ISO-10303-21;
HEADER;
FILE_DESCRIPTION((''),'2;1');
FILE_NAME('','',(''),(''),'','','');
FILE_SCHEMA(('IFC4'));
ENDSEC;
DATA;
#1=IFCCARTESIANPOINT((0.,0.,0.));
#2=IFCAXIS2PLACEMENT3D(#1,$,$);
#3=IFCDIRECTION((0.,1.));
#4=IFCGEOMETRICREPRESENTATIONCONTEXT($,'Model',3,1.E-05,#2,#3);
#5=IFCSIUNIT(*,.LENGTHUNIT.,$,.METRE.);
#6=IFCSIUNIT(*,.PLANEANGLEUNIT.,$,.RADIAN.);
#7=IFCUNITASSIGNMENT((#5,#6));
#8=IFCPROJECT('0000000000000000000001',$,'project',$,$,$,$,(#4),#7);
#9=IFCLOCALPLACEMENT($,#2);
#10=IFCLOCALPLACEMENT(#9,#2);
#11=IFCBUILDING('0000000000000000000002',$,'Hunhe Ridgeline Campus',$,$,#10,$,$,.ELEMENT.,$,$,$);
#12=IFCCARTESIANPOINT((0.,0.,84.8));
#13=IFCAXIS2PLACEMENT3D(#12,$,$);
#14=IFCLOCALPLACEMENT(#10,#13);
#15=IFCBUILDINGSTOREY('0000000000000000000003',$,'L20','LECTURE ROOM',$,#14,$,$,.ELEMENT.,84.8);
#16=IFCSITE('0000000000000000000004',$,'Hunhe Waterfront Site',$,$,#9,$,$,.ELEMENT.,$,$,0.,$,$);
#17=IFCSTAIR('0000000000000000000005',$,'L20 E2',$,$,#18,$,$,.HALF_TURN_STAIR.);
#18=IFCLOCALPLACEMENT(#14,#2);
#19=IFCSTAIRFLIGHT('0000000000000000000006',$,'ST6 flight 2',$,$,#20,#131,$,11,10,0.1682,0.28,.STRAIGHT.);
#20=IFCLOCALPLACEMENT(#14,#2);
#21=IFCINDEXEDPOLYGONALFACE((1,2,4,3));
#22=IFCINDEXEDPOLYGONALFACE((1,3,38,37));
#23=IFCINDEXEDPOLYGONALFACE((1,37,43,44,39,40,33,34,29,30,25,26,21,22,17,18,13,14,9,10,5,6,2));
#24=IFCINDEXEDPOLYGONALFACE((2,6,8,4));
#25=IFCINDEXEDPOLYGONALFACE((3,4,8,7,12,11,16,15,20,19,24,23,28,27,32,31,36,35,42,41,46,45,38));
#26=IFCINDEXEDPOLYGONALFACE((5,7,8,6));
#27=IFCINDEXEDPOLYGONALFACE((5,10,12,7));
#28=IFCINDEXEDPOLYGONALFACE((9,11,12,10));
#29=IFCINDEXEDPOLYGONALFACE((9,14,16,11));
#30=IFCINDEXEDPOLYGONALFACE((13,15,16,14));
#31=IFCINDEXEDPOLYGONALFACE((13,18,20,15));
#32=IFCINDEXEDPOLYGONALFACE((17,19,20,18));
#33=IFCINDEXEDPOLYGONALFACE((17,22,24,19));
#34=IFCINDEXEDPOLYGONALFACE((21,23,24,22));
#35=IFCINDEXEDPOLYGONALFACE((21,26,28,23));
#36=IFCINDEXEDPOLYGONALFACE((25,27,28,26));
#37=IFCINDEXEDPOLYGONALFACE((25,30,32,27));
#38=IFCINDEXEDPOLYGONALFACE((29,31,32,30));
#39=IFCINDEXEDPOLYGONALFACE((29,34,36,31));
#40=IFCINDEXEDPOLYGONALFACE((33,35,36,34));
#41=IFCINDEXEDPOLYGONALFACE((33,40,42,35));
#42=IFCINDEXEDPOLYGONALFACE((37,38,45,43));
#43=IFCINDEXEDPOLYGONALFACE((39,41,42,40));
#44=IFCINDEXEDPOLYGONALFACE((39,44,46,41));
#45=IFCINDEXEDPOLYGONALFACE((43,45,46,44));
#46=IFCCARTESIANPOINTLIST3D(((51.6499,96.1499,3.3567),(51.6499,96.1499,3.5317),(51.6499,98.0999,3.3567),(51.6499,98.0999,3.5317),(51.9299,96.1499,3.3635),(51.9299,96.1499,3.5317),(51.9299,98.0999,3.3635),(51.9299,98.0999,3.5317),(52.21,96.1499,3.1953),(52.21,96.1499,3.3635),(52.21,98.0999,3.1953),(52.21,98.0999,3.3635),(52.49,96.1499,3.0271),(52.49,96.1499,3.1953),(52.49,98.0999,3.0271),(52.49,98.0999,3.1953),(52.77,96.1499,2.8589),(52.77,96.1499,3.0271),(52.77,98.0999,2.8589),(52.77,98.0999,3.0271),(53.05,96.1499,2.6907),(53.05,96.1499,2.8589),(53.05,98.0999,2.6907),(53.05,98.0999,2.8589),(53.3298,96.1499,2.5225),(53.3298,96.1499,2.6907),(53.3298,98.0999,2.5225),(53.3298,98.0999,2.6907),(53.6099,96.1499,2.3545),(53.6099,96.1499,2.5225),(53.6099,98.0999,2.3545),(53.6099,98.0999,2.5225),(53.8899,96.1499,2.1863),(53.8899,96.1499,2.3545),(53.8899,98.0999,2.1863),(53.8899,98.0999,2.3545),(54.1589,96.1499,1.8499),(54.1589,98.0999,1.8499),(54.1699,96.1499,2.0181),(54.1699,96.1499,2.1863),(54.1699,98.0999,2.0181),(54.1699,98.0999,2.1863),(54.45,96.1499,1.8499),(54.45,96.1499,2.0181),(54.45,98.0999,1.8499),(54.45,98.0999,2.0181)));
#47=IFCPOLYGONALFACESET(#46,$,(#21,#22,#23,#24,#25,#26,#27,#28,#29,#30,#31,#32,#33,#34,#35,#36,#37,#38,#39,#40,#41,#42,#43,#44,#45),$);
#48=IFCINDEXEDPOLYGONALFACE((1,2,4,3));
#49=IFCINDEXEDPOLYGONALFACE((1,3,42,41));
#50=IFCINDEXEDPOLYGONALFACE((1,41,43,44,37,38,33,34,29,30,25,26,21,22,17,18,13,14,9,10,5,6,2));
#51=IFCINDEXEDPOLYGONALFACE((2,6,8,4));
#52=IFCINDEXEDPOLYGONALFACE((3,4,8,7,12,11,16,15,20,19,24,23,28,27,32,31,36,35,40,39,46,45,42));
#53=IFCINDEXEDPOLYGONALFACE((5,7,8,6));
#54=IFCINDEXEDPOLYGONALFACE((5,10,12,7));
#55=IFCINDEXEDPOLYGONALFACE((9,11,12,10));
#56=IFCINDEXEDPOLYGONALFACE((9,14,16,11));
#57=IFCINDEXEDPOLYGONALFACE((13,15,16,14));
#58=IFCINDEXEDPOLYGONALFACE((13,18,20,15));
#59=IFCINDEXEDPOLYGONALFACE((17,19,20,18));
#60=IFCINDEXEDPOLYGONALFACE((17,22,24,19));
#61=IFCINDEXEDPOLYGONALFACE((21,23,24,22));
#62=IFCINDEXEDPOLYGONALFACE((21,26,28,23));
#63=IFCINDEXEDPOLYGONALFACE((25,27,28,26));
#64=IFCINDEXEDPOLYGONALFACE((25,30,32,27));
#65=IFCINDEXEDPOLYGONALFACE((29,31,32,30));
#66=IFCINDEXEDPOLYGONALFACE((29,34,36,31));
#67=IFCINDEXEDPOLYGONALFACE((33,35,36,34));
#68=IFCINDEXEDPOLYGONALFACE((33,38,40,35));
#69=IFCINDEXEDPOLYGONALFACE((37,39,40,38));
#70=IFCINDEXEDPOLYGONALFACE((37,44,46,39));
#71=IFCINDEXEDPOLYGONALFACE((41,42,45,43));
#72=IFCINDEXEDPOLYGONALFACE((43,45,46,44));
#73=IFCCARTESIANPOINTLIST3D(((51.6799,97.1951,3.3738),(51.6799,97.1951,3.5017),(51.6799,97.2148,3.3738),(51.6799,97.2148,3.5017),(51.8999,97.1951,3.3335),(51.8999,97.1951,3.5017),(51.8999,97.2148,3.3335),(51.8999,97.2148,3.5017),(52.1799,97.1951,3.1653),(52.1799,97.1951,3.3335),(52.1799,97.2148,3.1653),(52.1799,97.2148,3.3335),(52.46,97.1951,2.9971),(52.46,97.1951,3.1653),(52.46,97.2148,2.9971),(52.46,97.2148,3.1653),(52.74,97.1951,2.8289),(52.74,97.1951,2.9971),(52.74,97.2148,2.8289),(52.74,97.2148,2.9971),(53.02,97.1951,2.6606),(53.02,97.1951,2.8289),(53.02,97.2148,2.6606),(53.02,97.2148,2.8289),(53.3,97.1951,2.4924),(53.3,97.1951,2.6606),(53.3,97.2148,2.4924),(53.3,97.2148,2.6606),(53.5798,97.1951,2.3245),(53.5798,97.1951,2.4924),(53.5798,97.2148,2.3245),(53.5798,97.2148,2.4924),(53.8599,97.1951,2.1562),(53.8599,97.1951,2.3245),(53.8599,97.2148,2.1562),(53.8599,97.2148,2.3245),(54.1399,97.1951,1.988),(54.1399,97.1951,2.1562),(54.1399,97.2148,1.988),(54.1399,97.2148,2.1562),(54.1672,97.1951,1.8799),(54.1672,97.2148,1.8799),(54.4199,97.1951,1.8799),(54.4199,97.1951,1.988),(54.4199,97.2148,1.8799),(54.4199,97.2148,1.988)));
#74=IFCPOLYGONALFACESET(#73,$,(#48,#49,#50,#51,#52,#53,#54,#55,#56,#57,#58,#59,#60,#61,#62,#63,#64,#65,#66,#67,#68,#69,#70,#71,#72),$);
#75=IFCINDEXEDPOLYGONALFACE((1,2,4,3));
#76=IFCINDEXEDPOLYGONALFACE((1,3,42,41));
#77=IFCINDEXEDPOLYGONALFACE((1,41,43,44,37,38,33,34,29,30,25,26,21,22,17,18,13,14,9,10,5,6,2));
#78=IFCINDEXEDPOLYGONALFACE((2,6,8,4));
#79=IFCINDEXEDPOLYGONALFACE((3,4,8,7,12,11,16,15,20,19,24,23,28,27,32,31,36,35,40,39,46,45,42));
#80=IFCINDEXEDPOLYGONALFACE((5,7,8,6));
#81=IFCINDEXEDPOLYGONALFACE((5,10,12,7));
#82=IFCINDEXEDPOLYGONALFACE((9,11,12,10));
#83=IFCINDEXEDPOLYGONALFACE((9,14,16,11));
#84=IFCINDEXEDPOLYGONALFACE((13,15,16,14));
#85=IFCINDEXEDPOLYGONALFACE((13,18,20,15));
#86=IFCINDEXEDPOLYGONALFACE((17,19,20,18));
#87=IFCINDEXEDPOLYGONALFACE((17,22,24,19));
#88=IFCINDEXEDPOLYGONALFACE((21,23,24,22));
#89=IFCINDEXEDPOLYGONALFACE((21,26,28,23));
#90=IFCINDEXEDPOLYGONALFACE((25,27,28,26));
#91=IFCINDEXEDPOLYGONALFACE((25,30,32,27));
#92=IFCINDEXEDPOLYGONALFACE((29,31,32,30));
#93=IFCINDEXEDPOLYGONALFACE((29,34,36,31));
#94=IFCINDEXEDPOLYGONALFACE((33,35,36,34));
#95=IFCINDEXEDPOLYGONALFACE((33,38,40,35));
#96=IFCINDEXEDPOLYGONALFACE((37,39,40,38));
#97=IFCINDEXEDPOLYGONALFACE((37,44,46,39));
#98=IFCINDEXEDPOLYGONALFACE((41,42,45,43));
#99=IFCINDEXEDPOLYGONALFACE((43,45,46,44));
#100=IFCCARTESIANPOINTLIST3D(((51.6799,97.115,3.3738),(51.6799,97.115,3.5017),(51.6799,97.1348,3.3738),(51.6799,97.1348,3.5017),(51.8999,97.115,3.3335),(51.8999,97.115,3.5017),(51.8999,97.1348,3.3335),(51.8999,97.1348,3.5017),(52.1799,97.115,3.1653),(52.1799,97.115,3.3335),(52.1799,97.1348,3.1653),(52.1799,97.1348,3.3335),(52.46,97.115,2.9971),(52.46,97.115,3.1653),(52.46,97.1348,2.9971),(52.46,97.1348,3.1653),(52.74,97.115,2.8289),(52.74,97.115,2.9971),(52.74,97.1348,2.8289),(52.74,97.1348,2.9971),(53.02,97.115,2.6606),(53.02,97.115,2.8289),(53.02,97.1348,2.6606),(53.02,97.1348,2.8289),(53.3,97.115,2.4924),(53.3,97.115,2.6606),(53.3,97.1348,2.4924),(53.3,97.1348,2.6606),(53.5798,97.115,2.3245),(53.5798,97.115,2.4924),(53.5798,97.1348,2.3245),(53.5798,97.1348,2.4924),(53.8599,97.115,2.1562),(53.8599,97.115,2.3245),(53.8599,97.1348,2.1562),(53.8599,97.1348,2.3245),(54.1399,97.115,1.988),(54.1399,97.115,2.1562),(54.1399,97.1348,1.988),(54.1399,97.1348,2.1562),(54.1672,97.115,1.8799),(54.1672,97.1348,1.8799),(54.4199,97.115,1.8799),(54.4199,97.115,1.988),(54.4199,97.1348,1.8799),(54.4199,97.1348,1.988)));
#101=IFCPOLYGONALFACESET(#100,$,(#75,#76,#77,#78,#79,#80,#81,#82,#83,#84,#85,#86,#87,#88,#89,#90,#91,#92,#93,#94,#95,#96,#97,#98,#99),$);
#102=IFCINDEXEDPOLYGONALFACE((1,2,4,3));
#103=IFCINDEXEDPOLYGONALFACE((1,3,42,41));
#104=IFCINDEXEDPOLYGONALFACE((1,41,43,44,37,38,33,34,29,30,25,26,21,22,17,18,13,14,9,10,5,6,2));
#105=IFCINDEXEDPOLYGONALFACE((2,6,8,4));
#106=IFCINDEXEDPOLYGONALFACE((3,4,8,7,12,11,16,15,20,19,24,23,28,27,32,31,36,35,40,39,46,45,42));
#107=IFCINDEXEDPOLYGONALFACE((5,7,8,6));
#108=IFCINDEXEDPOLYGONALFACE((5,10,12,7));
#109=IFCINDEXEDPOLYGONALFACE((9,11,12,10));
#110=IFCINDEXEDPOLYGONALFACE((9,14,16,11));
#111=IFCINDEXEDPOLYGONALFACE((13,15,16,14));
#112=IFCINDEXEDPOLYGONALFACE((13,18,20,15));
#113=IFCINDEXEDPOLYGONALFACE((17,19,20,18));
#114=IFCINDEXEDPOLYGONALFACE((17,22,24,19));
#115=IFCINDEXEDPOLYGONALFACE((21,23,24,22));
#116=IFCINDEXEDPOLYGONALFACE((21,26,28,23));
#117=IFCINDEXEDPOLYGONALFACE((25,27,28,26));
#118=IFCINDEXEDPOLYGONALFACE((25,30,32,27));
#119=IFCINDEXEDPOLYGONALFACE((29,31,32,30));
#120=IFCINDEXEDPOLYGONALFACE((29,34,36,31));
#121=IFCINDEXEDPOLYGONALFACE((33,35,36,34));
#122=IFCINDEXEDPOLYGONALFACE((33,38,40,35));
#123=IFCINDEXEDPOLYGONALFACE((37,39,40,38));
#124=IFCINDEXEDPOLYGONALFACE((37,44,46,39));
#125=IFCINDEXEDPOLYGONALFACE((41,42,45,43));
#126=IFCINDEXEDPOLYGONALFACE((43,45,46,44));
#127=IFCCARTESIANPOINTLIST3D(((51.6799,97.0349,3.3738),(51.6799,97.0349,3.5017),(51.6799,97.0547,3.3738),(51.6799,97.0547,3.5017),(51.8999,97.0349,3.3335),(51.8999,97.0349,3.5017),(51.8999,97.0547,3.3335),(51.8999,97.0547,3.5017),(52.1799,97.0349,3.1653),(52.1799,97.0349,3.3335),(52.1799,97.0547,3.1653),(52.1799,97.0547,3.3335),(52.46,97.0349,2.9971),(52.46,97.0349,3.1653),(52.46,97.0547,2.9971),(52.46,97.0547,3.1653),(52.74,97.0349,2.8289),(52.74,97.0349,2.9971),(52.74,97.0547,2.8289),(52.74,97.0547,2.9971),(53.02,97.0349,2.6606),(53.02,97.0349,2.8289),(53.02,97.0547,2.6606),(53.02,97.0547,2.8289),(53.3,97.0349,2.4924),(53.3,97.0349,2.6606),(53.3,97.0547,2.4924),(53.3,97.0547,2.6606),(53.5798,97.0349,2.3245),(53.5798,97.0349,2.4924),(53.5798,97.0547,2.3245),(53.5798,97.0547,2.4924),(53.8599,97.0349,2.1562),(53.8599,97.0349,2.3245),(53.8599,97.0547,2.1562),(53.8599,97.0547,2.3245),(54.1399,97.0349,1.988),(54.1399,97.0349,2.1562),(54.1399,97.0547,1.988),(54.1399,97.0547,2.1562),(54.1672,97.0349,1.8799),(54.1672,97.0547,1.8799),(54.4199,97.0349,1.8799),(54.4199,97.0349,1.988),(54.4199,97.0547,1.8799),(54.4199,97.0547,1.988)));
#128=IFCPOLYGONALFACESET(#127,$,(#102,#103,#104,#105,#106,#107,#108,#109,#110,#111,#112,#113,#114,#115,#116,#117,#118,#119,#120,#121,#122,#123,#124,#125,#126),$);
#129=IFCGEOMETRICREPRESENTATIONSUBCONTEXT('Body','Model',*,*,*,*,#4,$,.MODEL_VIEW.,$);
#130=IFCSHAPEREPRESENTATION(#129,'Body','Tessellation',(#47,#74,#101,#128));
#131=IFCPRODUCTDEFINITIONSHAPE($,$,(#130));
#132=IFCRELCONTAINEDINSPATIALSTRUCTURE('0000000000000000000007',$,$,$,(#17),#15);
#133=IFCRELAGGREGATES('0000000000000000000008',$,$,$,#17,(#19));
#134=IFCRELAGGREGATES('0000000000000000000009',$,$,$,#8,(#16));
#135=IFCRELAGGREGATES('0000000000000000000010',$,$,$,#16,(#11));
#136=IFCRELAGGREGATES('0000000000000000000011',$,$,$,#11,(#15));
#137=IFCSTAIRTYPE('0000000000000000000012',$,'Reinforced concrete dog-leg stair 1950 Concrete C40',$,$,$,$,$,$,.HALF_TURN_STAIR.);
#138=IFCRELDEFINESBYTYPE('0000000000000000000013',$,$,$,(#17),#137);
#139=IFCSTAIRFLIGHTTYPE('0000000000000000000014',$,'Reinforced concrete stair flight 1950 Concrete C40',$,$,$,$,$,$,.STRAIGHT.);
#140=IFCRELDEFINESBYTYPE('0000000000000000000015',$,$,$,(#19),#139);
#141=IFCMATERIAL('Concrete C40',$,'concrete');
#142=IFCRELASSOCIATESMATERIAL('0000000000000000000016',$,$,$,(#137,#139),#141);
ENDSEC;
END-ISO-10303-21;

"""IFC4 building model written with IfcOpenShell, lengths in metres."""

from ifc_helpers import new_model, si_unit, direction, frame, origin, place, context, subcontext, project, spatial, polyline, outline, extrude, material, type_object, element, aggregate, save


model = new_model("IFC4")

# Units and contexts
model_context = context("Model", 3, precision=1e-05, world=origin(), true_north=direction((0.0, 1.0)))
body_context = subcontext(model_context, "Body", "Model", "MODEL_VIEW")
ifc_project = project(units=[si_unit("LENGTHUNIT", "METRE"), si_unit("PLANEANGLEUNIT", "RADIAN")], contexts=[model_context])

# Site, building, storey
site_placement = place(None, origin())
site = spatial("IfcSite", under=ifc_project, at=site_placement, Name="Hunhe Waterfront Site", CompositionType="ELEMENT", RefElevation=0.0)
building_placement = place(site_placement, origin())
building = spatial("IfcBuilding", under=site, at=building_placement, Name="Hunhe Ridgeline Campus", CompositionType="ELEMENT")
storey_placement = place(building_placement, frame((0.0, 0.0, 84.8)))
storey = spatial("IfcBuildingStorey", under=building, at=storey_placement, Name="L20", Description="LECTURE ROOM", CompositionType="ELEMENT", Elevation=84.8)

# Stair, stair flight
ifc_material_1 = material(Name="Concrete C40", Category="concrete")
stair_type = type_object("IfcStairType", Name="Reinforced concrete dog-leg stair 1950 Concrete C40", PredefinedType="HALF_TURN_STAIR", material=ifc_material_1)
stair_1_placement = place(storey_placement, origin())
stair_1 = element("IfcStair", 1, at=stair_1_placement, inside=storey, type_object=stair_type, Name="L20 E2", PredefinedType="HALF_TURN_STAIR")
stair_flight_type = type_object("IfcStairFlightType", Name="Reinforced concrete stair flight 1950 Concrete C40", PredefinedType="STRAIGHT", material=ifc_material_1)
stair_flight_1_placement = place(storey_placement, frame((54.45, 97.125, 1.8499), z_axis=(0.0, 0.0, 1.0), x_axis=(-1.0, 0.0, 0.0)))
stair_flight_1 = element("IfcStairFlight", 2, at=stair_flight_1_placement, type_object=stair_flight_type, Name="ST6 flight 2", NumberOfRisers=11, NumberOfTreads=10, PredefinedType="STRAIGHT", RiserHeight=0.1682, TreadLength=0.28, context=body_context, shape_type="SweptSolid", body=[
    extrude(outline(polyline([(0.0, 0.0), (0.0, 0.1682), (0.28, 0.1682), (0.28, 0.3364), (0.5601, 0.3364), (0.5601, 0.5046), (0.8401, 0.5046), (0.8401, 0.6726), (1.1201, 0.6726), (1.1201, 0.8408), (1.3999, 0.8408), (1.3999, 1.009), (1.6799, 1.009), (1.6799, 1.1772), (1.96, 1.1772), (1.96, 1.3455), (2.24, 1.3455), (2.24, 1.5137), (2.52, 1.5137), (2.52, 1.6819), (2.8, 1.6819), (2.8, 1.8501), (2.8, 1.5068), (0.291, 0.0), (0.0, 0.0)])), frame((0.0, 0.9751, 0.0), z_axis=(0.0, -1.0, 0.0), x_axis=(1.0, 0.0, 0.0)), (0.0, 0.0, 1.0), 1.95),
    extrude(outline(polyline([(0.03, 0.03), (0.03, 0.1382), (0.3101, 0.1382), (0.3101, 0.3064), (0.5901, 0.3064), (0.5901, 0.4746), (0.8701, 0.4746), (0.8701, 0.6426), (1.1499, 0.6426), (1.1499, 0.8108), (1.4299, 0.8108), (1.4299, 0.979), (1.71, 0.979), (1.71, 1.1472), (1.99, 1.1472), (1.99, 1.3154), (2.27, 1.3154), (2.27, 1.4836), (2.55, 1.4836), (2.55, 1.6519), (2.77, 1.6519), (2.77, 1.5239), (0.2827, 0.03), (0.03, 0.03)])), frame((0.0, -0.0701, 0.0), z_axis=(0.0, -1.0, 0.0), x_axis=(1.0, 0.0, 0.0)), (0.0, 0.0, 1.0), 0.0198),
    extrude(outline(polyline([(0.03, 0.03), (0.03, 0.1382), (0.3101, 0.1382), (0.3101, 0.3064), (0.5901, 0.3064), (0.5901, 0.4746), (0.8701, 0.4746), (0.8701, 0.6426), (1.1499, 0.6426), (1.1499, 0.8108), (1.4299, 0.8108), (1.4299, 0.979), (1.71, 0.979), (1.71, 1.1472), (1.99, 1.1472), (1.99, 1.3154), (2.27, 1.3154), (2.27, 1.4836), (2.55, 1.4836), (2.55, 1.6519), (2.77, 1.6519), (2.77, 1.5239), (0.2827, 0.03), (0.03, 0.03)])), frame((0.0, 0.01, 0.0), z_axis=(0.0, -1.0, 0.0), x_axis=(1.0, 0.0, 0.0)), (0.0, 0.0, 1.0), 0.0198),
    extrude(outline(polyline([(0.03, 0.03), (0.03, 0.1382), (0.3101, 0.1382), (0.3101, 0.3064), (0.5901, 0.3064), (0.5901, 0.4746), (0.8701, 0.4746), (0.8701, 0.6426), (1.1499, 0.6426), (1.1499, 0.8108), (1.4299, 0.8108), (1.4299, 0.979), (1.71, 0.979), (1.71, 1.1472), (1.99, 1.1472), (1.99, 1.3154), (2.27, 1.3154), (2.27, 1.4836), (2.55, 1.4836), (2.55, 1.6519), (2.77, 1.6519), (2.77, 1.5239), (0.2827, 0.03), (0.03, 0.03)])), frame((0.0, 0.0901, 0.0), z_axis=(0.0, -1.0, 0.0), x_axis=(1.0, 0.0, 0.0)), (0.0, 0.0, 1.0), 0.0198),
])
aggregate(stair_1, [stair_flight_1])

save(model, "model.ifc")
